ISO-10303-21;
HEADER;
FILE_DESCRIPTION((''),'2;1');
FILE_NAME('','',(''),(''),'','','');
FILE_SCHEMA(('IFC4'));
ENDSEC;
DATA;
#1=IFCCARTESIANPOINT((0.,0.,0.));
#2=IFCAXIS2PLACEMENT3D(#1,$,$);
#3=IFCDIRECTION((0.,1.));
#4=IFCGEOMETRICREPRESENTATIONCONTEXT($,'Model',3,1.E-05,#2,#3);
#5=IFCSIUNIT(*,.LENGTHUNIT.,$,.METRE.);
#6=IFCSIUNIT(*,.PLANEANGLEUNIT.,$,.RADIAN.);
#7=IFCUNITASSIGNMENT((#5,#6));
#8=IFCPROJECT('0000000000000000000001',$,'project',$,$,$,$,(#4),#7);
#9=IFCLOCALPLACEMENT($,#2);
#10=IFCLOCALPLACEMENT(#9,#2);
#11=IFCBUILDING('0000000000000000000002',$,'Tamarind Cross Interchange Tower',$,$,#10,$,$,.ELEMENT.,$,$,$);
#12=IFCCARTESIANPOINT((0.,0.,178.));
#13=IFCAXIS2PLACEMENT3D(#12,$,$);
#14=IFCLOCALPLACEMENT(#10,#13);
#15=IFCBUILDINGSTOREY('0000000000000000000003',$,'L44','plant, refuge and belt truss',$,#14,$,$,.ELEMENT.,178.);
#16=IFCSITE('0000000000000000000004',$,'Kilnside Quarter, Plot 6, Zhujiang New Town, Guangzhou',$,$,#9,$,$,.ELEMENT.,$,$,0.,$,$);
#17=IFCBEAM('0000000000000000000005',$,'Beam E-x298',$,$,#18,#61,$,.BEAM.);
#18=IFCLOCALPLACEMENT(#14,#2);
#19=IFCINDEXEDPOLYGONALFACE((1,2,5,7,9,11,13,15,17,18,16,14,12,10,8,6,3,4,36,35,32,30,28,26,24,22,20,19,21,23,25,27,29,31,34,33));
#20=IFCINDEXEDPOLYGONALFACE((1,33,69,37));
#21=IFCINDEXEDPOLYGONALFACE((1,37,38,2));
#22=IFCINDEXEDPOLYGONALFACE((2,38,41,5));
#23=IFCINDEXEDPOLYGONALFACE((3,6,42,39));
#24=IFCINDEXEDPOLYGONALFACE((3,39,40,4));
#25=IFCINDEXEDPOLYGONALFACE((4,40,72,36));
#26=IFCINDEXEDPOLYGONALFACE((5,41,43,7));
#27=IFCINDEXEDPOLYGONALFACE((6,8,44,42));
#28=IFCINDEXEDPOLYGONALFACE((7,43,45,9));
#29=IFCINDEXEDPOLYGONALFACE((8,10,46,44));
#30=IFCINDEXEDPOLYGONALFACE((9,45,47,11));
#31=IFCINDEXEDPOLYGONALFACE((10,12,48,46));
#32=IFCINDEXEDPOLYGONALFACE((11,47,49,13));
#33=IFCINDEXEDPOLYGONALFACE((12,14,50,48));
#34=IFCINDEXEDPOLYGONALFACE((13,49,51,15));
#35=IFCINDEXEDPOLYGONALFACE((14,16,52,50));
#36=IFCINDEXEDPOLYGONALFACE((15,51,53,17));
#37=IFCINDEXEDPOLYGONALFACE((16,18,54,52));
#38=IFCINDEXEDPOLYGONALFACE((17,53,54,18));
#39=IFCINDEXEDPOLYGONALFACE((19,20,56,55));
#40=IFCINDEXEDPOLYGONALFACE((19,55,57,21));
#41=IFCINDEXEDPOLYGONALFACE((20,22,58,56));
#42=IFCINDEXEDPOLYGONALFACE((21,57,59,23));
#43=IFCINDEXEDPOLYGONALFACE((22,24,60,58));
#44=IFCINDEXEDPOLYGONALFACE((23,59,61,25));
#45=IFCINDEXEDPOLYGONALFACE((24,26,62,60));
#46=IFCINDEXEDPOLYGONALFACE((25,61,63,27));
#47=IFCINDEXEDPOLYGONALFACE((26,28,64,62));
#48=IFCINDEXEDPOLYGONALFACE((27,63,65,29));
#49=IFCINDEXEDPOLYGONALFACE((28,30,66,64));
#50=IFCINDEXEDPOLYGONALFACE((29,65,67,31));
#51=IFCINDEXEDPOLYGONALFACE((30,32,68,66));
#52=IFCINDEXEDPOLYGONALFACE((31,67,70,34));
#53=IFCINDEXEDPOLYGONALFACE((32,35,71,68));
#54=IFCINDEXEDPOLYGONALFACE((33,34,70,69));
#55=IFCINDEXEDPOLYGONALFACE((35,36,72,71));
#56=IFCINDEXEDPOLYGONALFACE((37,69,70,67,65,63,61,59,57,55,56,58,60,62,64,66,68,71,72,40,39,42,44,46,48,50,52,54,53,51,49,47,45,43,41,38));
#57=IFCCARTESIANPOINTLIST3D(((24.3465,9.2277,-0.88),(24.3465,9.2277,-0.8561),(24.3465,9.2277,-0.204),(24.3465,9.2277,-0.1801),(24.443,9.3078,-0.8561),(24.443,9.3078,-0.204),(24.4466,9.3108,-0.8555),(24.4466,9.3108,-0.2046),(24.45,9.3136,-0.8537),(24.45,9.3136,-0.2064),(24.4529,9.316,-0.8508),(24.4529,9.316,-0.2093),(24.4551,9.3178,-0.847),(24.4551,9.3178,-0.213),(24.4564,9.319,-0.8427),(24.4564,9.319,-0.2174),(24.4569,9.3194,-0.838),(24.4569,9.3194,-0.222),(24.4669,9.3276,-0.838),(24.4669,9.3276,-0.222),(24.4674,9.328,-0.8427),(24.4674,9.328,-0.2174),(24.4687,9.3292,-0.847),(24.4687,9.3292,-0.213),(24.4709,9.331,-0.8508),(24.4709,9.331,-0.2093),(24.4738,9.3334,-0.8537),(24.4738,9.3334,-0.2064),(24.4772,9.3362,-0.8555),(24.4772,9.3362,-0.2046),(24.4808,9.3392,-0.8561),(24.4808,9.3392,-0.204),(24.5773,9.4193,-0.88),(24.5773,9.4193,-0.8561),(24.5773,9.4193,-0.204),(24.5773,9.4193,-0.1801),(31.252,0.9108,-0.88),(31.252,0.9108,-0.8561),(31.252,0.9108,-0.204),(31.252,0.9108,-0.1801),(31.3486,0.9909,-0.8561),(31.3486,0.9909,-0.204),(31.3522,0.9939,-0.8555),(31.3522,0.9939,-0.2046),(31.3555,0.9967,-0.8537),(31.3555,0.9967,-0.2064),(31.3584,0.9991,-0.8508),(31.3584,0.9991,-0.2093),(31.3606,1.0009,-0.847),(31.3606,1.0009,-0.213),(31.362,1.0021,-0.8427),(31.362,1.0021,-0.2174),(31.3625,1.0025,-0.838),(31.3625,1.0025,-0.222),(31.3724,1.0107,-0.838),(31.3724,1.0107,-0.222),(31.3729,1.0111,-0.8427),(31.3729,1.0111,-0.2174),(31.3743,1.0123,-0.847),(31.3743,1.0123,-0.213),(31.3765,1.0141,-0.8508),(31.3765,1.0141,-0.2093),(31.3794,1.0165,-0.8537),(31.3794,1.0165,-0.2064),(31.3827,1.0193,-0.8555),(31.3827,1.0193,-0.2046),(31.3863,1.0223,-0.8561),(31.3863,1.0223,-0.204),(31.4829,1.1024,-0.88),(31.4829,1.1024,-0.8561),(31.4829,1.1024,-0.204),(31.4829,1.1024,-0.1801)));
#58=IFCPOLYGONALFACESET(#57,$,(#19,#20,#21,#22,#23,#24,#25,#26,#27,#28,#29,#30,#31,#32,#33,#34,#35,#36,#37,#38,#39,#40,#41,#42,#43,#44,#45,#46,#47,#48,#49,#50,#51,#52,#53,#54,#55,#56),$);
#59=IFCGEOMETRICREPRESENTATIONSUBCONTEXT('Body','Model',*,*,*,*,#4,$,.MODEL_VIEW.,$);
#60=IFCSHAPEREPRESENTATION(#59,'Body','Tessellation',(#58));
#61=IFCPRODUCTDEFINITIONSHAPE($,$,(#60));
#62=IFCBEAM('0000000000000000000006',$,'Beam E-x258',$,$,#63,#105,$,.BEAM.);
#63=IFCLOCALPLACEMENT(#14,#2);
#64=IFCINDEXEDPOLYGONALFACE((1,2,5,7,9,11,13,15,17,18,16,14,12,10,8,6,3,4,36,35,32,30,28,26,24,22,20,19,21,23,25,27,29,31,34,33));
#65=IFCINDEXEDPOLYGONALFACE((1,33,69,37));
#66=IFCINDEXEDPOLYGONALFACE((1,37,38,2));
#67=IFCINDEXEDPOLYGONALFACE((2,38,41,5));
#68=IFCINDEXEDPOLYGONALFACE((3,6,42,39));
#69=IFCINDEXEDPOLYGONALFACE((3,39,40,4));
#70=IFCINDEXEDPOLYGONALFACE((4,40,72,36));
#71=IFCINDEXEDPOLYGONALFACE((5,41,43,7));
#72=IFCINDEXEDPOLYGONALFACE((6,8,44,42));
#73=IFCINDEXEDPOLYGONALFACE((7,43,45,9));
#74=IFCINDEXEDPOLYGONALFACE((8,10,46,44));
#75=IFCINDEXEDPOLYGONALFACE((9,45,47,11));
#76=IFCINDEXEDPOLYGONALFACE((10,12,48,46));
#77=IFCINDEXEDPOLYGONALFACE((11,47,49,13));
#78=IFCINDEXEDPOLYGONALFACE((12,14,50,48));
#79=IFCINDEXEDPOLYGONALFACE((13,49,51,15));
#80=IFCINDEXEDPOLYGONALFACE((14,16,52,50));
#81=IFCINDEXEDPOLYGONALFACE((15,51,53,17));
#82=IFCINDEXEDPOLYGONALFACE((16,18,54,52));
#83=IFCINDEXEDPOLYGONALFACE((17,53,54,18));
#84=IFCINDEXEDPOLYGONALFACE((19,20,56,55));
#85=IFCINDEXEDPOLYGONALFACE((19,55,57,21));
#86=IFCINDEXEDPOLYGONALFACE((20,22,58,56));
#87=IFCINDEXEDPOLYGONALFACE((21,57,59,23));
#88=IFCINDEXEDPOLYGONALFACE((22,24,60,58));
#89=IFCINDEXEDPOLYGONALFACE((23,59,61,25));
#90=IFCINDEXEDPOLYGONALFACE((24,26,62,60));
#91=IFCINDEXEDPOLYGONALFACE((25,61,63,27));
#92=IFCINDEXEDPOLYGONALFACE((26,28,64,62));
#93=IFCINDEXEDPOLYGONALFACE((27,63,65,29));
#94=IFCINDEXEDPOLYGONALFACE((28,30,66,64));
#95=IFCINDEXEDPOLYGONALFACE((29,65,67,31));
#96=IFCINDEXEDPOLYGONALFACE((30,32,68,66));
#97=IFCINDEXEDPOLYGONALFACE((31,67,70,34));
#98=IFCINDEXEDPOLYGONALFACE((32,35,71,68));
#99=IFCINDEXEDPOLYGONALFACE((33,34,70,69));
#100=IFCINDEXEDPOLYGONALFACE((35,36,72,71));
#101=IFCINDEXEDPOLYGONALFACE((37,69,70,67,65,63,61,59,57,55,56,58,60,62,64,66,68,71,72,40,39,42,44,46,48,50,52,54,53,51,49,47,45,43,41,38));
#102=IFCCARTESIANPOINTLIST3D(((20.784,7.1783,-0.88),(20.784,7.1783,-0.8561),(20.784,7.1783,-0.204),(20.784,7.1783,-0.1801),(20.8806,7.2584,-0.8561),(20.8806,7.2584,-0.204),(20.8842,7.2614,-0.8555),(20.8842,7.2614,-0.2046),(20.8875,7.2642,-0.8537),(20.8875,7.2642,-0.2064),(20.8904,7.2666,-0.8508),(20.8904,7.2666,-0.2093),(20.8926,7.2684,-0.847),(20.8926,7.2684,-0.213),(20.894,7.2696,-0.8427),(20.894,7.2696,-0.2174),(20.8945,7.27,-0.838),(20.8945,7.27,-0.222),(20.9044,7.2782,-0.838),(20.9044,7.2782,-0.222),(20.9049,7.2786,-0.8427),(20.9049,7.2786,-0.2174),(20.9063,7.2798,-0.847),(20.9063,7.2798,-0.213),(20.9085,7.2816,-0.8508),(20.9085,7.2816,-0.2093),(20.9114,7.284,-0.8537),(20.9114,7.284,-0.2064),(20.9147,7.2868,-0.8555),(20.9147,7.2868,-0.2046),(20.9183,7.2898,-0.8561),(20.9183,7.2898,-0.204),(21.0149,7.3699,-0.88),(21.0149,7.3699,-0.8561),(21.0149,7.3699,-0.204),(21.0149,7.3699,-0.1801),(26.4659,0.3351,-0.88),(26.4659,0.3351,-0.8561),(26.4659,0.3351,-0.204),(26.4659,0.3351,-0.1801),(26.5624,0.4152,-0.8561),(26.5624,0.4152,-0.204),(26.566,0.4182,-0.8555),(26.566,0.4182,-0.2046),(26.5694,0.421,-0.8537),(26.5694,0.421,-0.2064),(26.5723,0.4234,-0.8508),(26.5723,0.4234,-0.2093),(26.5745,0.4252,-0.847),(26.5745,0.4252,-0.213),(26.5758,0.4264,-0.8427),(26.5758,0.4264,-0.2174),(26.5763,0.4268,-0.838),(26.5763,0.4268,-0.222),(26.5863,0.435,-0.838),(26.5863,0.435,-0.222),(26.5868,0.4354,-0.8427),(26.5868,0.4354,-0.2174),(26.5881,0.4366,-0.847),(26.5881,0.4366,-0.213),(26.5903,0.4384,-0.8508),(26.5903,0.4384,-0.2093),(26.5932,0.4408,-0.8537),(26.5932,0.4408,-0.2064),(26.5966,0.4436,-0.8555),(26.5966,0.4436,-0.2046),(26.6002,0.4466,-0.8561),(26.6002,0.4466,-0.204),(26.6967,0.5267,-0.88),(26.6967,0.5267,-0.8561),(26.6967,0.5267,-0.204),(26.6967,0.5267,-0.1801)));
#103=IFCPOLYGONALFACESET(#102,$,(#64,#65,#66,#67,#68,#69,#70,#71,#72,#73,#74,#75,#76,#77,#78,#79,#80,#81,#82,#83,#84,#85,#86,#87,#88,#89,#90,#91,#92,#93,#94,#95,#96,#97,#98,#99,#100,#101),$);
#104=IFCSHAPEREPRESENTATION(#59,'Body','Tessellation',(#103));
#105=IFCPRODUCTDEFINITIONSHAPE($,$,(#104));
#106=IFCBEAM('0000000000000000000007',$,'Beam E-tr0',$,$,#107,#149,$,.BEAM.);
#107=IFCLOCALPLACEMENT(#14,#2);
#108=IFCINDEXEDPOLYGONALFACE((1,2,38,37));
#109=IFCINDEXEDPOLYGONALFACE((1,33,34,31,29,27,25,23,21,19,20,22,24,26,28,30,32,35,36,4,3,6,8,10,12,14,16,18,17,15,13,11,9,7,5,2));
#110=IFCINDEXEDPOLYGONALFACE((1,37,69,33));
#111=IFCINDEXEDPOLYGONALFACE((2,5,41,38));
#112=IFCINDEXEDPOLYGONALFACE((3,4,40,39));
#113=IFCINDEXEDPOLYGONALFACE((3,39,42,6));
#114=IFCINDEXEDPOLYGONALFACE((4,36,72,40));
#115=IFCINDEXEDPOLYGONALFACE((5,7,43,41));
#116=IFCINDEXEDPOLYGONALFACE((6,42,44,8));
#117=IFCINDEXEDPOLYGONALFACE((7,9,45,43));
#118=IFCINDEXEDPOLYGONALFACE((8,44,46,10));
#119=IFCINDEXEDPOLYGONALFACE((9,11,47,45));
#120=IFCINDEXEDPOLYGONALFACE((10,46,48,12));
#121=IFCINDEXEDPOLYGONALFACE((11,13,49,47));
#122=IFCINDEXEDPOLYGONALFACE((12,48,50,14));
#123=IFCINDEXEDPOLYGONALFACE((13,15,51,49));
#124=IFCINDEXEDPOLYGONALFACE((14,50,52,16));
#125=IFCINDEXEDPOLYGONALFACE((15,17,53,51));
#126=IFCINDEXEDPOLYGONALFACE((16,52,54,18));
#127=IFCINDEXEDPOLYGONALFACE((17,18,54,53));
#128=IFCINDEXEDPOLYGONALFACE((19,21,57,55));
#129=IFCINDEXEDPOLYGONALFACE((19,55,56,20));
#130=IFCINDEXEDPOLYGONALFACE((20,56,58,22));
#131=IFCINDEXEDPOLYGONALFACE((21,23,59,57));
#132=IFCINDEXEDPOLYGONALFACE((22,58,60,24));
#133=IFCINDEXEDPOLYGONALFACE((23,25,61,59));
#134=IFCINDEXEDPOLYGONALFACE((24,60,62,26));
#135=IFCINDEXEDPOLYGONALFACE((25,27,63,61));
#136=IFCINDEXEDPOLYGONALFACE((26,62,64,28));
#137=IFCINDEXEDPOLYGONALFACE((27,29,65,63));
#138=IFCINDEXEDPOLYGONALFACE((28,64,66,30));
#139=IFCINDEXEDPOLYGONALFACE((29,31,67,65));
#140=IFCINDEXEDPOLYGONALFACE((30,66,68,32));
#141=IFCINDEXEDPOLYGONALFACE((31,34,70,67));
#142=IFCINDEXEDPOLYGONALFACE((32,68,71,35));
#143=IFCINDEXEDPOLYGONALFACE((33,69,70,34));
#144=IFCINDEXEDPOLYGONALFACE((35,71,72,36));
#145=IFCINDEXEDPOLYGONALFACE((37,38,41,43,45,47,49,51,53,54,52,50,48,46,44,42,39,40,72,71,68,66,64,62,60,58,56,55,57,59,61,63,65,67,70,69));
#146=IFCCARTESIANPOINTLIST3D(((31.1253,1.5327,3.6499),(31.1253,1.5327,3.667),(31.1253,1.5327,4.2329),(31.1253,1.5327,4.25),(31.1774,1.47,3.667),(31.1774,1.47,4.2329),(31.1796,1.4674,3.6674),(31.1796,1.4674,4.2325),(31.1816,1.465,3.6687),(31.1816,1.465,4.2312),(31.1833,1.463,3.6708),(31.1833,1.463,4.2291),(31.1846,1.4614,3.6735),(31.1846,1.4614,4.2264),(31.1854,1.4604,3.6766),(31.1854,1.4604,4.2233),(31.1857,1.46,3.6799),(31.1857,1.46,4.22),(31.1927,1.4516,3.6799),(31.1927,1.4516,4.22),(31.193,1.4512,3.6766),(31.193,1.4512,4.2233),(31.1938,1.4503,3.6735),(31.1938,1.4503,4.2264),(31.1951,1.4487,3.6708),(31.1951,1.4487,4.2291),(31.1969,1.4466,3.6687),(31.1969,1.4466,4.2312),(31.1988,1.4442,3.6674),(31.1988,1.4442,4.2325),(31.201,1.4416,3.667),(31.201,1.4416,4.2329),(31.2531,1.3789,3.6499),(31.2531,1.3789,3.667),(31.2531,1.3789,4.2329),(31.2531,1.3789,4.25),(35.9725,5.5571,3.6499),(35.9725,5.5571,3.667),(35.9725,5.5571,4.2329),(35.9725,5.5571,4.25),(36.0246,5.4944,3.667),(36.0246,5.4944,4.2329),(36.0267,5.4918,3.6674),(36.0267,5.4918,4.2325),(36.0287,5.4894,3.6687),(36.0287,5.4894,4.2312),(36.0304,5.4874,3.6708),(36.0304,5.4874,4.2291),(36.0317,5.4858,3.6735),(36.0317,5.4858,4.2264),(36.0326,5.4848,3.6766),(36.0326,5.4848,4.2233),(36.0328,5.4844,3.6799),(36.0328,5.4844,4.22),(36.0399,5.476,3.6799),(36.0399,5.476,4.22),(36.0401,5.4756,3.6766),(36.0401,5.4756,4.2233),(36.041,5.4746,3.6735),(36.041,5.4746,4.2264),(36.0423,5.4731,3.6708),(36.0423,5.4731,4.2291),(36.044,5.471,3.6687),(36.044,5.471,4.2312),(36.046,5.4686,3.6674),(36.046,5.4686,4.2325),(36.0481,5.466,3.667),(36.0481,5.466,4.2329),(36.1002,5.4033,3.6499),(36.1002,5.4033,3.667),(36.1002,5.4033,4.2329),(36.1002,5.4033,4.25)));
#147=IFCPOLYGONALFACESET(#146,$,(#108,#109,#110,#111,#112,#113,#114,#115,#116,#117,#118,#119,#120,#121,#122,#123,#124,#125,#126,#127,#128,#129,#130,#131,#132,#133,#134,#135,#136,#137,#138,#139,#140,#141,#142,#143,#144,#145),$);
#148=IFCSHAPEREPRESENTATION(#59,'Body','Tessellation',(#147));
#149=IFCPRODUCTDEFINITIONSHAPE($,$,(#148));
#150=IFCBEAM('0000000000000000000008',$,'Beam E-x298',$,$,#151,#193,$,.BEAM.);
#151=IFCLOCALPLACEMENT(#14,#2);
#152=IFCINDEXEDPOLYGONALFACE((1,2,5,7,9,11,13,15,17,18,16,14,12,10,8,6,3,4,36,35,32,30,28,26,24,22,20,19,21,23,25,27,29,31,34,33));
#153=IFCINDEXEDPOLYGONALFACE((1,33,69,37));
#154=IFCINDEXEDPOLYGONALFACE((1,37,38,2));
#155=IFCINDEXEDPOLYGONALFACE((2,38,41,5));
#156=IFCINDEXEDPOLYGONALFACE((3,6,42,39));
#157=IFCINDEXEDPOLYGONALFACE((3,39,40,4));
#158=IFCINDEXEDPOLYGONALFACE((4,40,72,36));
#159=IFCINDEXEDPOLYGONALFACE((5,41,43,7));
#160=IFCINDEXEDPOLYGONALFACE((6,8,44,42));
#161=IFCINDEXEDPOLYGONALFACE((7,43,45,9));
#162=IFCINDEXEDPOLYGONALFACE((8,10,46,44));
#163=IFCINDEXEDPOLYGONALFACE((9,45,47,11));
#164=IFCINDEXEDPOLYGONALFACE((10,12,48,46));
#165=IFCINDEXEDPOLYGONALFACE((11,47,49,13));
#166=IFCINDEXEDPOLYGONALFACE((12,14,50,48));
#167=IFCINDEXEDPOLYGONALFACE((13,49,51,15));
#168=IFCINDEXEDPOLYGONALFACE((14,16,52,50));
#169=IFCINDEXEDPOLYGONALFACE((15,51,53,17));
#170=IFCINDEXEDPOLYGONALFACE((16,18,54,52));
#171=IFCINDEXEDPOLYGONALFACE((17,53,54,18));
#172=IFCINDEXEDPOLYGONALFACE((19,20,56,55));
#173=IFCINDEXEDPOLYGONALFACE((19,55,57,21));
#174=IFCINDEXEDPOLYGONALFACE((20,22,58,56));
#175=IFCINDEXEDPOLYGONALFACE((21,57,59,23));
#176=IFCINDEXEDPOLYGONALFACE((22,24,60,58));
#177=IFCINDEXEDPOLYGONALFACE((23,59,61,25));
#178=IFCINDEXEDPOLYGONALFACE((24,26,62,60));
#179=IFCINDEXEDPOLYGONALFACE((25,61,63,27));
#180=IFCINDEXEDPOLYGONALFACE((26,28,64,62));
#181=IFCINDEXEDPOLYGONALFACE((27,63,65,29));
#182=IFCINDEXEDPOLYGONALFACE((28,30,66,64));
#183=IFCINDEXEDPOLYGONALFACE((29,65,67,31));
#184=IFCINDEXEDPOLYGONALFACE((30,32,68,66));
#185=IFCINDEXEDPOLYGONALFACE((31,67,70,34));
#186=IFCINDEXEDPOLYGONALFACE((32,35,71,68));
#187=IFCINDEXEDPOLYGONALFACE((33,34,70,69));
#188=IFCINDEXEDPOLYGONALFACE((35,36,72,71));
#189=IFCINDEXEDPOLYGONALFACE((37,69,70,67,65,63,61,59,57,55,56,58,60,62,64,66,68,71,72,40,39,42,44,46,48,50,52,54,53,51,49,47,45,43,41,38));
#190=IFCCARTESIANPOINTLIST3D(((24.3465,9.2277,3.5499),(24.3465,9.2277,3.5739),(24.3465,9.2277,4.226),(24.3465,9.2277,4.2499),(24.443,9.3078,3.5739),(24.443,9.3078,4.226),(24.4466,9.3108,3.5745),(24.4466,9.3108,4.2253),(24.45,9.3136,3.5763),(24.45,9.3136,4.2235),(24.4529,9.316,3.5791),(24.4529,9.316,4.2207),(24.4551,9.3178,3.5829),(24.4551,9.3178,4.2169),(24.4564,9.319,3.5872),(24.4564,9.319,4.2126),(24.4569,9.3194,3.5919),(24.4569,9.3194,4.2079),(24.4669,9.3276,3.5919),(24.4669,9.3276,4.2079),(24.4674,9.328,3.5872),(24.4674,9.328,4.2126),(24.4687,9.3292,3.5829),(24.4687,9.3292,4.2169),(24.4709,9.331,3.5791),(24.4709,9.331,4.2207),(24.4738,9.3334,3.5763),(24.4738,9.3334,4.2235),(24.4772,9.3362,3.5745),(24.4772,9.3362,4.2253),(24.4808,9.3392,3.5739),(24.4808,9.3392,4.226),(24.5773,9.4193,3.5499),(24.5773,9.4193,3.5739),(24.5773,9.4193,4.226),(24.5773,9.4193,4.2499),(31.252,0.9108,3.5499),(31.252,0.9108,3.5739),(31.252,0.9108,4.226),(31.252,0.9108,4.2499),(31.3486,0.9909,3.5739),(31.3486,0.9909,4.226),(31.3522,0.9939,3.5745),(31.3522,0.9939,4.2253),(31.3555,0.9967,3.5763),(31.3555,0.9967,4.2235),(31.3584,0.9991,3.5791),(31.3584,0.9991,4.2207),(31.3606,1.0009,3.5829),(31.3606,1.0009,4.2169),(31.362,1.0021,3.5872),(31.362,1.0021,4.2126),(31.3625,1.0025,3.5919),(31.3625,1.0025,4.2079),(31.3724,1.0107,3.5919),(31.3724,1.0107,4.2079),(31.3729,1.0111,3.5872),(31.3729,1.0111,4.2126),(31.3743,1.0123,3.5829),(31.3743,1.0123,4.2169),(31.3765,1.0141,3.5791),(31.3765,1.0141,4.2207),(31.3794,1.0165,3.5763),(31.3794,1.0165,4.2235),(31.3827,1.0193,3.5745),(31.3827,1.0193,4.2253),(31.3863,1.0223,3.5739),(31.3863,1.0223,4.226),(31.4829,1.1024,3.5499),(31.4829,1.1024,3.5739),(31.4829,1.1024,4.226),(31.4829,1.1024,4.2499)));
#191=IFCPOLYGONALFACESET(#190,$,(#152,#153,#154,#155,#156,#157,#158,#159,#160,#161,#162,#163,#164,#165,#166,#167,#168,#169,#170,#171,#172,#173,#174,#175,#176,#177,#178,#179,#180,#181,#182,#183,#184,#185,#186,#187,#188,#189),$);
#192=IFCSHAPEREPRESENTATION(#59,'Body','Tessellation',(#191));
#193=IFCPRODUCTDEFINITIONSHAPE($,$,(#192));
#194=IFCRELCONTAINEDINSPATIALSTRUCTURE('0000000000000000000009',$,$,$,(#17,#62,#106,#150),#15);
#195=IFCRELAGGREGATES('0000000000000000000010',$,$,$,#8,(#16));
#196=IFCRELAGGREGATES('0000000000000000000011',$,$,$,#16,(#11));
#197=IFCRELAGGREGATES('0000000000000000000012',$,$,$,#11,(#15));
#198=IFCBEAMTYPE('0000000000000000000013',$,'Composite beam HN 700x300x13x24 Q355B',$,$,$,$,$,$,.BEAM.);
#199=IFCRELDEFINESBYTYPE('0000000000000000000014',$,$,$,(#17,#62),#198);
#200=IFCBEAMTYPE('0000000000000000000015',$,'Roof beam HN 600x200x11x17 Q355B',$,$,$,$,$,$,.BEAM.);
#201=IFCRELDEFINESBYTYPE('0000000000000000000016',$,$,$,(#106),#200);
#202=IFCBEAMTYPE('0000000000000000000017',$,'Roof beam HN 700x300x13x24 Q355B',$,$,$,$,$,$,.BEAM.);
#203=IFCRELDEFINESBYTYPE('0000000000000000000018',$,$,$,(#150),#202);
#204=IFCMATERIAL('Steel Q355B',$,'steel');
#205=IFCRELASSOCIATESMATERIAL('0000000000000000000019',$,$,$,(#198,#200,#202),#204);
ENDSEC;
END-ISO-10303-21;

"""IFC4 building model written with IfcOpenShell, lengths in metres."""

from ifc_helpers import new_model, si_unit, direction, frame, origin, origin_2d, place, context, subcontext, project, spatial, i_section, extrude, material, material_profile, profile_set, type_object, element, save


model = new_model("IFC4")

# Units and contexts
model_context = context("Model", 3, precision=1e-05, world=origin(), true_north=direction((0.0, 1.0)))
body_context = subcontext(model_context, "Body", "Model", "MODEL_VIEW")
ifc_project = project(units=[si_unit("LENGTHUNIT", "METRE"), si_unit("PLANEANGLEUNIT", "RADIAN")], contexts=[model_context])

# Site, building, storey
site_placement = place(None, origin())
site = spatial("IfcSite", under=ifc_project, at=site_placement, Name="Kilnside Quarter, Plot 6, Zhujiang New Town, Guangzhou", CompositionType="ELEMENT", RefElevation=0.0)
building_placement = place(site_placement, origin())
building = spatial("IfcBuilding", under=site, at=building_placement, Name="Tamarind Cross Interchange Tower", CompositionType="ELEMENT")
storey_placement = place(building_placement, frame((0.0, 0.0, 178.0)))
storey = spatial("IfcBuildingStorey", under=building, at=storey_placement, Name="L44", Description="plant, refuge and belt truss", CompositionType="ELEMENT", Elevation=178.0)

# Beams
ifc_material_1 = material(Name="Steel Q355B", Category="steel")
ifc_material_profile_1 = material_profile(ifc_material_1, i_section(OverallWidth=0.3, OverallDepth=0.7, WebThickness=0.0129, FlangeThickness=0.0239, FilletRadius=0.0181, at=origin_2d()), Name="HN 700x300x13x24")
ifc_profile_set_1 = profile_set([ifc_material_profile_1], Name="Steel Q355B")
beam_type_1 = type_object("IfcBeamType", Name="Composite beam HN 700x300x13x24 Q355B", PredefinedType="BEAM", material=ifc_profile_set_1)
beam_1_placement = place(storey_placement, frame((31.3674, 1.0066, -0.53), z_axis=(-0.638806, 0.769368, 0.0), x_axis=(-0.769368, -0.638806, 0.0)))
element("IfcBeam", 1, at=beam_1_placement, inside=storey, type_object=beam_type_1, Name="Beam E-x298", PredefinedType="BEAM", context=body_context, shape_type="SweptSolid", body=[
    extrude(i_section(OverallWidth=0.3, OverallDepth=0.7, WebThickness=0.0129, FlangeThickness=0.0239, FilletRadius=0.0181, at=origin_2d()), origin(), (0.0, 0.0, 1.0), 10.8101),
])
beam_2_placement = place(storey_placement, frame((26.5813, 0.4309, -0.53), z_axis=(-0.638801, 0.769372, 0.0), x_axis=(-0.769372, -0.638801, 0.0)))
element("IfcBeam", 2, at=beam_2_placement, inside=storey, type_object=beam_type_1, Name="Beam E-x258", PredefinedType="BEAM", context=body_context, shape_type="SweptSolid", body=[
    extrude(i_section(OverallWidth=0.3, OverallDepth=0.7, WebThickness=0.0129, FlangeThickness=0.0239, FilletRadius=0.0181, at=origin_2d()), origin(), (0.0, 0.0, 1.0), 8.8945),
])
ifc_material_profile_2 = material_profile(ifc_material_1, i_section(OverallWidth=0.2, OverallDepth=0.6001, WebThickness=0.011, FlangeThickness=0.0171, FilletRadius=0.0129, at=origin_2d()), Name="HN 600x200x11x17")
ifc_profile_set_2 = profile_set([ifc_material_profile_2], Name="Steel Q355B")
beam_type_2 = type_object("IfcBeamType", Name="Roof beam HN 600x200x11x17 Q355B", PredefinedType="BEAM", material=ifc_profile_set_2)
beam_3_placement = place(storey_placement, frame((31.1892, 1.4558, 3.95), z_axis=(0.769383, 0.638788, 0.0), x_axis=(-0.638788, 0.769383, 0.0)))
element("IfcBeam", 3, at=beam_3_placement, inside=storey, type_object=beam_type_2, Name="Beam E-tr0", PredefinedType="BEAM", context=body_context, shape_type="SweptSolid", body=[
    extrude(i_section(OverallWidth=0.2, OverallDepth=0.6001, WebThickness=0.011, FlangeThickness=0.0171, FilletRadius=0.0129, at=origin_2d()), origin(), (0.0, 0.0, 1.0), 6.3),
])
ifc_material_profile_3 = material_profile(ifc_material_1, i_section(OverallWidth=0.3, OverallDepth=0.7, WebThickness=0.0129, FlangeThickness=0.0239, FilletRadius=0.0181, at=origin_2d()), Name="HN 700x300x13x24")
ifc_profile_set_3 = profile_set([ifc_material_profile_3], Name="Steel Q355B")
beam_type_3 = type_object("IfcBeamType", Name="Roof beam HN 700x300x13x24 Q355B", PredefinedType="BEAM", material=ifc_profile_set_3)
beam_4_placement = place(storey_placement, frame((31.3674, 1.0066, 3.8999), z_axis=(-0.638806, 0.769368, 0.0), x_axis=(-0.769368, -0.638806, 0.0)))
element("IfcBeam", 4, at=beam_4_placement, inside=storey, type_object=beam_type_3, Name="Beam E-x298", PredefinedType="BEAM", context=body_context, shape_type="SweptSolid", body=[
    extrude(i_section(OverallWidth=0.3, OverallDepth=0.7, WebThickness=0.0129, FlangeThickness=0.0239, FilletRadius=0.0181, at=origin_2d()), origin(), (0.0, 0.0, 1.0), 10.8101),
])

save(model, "model.ifc")
